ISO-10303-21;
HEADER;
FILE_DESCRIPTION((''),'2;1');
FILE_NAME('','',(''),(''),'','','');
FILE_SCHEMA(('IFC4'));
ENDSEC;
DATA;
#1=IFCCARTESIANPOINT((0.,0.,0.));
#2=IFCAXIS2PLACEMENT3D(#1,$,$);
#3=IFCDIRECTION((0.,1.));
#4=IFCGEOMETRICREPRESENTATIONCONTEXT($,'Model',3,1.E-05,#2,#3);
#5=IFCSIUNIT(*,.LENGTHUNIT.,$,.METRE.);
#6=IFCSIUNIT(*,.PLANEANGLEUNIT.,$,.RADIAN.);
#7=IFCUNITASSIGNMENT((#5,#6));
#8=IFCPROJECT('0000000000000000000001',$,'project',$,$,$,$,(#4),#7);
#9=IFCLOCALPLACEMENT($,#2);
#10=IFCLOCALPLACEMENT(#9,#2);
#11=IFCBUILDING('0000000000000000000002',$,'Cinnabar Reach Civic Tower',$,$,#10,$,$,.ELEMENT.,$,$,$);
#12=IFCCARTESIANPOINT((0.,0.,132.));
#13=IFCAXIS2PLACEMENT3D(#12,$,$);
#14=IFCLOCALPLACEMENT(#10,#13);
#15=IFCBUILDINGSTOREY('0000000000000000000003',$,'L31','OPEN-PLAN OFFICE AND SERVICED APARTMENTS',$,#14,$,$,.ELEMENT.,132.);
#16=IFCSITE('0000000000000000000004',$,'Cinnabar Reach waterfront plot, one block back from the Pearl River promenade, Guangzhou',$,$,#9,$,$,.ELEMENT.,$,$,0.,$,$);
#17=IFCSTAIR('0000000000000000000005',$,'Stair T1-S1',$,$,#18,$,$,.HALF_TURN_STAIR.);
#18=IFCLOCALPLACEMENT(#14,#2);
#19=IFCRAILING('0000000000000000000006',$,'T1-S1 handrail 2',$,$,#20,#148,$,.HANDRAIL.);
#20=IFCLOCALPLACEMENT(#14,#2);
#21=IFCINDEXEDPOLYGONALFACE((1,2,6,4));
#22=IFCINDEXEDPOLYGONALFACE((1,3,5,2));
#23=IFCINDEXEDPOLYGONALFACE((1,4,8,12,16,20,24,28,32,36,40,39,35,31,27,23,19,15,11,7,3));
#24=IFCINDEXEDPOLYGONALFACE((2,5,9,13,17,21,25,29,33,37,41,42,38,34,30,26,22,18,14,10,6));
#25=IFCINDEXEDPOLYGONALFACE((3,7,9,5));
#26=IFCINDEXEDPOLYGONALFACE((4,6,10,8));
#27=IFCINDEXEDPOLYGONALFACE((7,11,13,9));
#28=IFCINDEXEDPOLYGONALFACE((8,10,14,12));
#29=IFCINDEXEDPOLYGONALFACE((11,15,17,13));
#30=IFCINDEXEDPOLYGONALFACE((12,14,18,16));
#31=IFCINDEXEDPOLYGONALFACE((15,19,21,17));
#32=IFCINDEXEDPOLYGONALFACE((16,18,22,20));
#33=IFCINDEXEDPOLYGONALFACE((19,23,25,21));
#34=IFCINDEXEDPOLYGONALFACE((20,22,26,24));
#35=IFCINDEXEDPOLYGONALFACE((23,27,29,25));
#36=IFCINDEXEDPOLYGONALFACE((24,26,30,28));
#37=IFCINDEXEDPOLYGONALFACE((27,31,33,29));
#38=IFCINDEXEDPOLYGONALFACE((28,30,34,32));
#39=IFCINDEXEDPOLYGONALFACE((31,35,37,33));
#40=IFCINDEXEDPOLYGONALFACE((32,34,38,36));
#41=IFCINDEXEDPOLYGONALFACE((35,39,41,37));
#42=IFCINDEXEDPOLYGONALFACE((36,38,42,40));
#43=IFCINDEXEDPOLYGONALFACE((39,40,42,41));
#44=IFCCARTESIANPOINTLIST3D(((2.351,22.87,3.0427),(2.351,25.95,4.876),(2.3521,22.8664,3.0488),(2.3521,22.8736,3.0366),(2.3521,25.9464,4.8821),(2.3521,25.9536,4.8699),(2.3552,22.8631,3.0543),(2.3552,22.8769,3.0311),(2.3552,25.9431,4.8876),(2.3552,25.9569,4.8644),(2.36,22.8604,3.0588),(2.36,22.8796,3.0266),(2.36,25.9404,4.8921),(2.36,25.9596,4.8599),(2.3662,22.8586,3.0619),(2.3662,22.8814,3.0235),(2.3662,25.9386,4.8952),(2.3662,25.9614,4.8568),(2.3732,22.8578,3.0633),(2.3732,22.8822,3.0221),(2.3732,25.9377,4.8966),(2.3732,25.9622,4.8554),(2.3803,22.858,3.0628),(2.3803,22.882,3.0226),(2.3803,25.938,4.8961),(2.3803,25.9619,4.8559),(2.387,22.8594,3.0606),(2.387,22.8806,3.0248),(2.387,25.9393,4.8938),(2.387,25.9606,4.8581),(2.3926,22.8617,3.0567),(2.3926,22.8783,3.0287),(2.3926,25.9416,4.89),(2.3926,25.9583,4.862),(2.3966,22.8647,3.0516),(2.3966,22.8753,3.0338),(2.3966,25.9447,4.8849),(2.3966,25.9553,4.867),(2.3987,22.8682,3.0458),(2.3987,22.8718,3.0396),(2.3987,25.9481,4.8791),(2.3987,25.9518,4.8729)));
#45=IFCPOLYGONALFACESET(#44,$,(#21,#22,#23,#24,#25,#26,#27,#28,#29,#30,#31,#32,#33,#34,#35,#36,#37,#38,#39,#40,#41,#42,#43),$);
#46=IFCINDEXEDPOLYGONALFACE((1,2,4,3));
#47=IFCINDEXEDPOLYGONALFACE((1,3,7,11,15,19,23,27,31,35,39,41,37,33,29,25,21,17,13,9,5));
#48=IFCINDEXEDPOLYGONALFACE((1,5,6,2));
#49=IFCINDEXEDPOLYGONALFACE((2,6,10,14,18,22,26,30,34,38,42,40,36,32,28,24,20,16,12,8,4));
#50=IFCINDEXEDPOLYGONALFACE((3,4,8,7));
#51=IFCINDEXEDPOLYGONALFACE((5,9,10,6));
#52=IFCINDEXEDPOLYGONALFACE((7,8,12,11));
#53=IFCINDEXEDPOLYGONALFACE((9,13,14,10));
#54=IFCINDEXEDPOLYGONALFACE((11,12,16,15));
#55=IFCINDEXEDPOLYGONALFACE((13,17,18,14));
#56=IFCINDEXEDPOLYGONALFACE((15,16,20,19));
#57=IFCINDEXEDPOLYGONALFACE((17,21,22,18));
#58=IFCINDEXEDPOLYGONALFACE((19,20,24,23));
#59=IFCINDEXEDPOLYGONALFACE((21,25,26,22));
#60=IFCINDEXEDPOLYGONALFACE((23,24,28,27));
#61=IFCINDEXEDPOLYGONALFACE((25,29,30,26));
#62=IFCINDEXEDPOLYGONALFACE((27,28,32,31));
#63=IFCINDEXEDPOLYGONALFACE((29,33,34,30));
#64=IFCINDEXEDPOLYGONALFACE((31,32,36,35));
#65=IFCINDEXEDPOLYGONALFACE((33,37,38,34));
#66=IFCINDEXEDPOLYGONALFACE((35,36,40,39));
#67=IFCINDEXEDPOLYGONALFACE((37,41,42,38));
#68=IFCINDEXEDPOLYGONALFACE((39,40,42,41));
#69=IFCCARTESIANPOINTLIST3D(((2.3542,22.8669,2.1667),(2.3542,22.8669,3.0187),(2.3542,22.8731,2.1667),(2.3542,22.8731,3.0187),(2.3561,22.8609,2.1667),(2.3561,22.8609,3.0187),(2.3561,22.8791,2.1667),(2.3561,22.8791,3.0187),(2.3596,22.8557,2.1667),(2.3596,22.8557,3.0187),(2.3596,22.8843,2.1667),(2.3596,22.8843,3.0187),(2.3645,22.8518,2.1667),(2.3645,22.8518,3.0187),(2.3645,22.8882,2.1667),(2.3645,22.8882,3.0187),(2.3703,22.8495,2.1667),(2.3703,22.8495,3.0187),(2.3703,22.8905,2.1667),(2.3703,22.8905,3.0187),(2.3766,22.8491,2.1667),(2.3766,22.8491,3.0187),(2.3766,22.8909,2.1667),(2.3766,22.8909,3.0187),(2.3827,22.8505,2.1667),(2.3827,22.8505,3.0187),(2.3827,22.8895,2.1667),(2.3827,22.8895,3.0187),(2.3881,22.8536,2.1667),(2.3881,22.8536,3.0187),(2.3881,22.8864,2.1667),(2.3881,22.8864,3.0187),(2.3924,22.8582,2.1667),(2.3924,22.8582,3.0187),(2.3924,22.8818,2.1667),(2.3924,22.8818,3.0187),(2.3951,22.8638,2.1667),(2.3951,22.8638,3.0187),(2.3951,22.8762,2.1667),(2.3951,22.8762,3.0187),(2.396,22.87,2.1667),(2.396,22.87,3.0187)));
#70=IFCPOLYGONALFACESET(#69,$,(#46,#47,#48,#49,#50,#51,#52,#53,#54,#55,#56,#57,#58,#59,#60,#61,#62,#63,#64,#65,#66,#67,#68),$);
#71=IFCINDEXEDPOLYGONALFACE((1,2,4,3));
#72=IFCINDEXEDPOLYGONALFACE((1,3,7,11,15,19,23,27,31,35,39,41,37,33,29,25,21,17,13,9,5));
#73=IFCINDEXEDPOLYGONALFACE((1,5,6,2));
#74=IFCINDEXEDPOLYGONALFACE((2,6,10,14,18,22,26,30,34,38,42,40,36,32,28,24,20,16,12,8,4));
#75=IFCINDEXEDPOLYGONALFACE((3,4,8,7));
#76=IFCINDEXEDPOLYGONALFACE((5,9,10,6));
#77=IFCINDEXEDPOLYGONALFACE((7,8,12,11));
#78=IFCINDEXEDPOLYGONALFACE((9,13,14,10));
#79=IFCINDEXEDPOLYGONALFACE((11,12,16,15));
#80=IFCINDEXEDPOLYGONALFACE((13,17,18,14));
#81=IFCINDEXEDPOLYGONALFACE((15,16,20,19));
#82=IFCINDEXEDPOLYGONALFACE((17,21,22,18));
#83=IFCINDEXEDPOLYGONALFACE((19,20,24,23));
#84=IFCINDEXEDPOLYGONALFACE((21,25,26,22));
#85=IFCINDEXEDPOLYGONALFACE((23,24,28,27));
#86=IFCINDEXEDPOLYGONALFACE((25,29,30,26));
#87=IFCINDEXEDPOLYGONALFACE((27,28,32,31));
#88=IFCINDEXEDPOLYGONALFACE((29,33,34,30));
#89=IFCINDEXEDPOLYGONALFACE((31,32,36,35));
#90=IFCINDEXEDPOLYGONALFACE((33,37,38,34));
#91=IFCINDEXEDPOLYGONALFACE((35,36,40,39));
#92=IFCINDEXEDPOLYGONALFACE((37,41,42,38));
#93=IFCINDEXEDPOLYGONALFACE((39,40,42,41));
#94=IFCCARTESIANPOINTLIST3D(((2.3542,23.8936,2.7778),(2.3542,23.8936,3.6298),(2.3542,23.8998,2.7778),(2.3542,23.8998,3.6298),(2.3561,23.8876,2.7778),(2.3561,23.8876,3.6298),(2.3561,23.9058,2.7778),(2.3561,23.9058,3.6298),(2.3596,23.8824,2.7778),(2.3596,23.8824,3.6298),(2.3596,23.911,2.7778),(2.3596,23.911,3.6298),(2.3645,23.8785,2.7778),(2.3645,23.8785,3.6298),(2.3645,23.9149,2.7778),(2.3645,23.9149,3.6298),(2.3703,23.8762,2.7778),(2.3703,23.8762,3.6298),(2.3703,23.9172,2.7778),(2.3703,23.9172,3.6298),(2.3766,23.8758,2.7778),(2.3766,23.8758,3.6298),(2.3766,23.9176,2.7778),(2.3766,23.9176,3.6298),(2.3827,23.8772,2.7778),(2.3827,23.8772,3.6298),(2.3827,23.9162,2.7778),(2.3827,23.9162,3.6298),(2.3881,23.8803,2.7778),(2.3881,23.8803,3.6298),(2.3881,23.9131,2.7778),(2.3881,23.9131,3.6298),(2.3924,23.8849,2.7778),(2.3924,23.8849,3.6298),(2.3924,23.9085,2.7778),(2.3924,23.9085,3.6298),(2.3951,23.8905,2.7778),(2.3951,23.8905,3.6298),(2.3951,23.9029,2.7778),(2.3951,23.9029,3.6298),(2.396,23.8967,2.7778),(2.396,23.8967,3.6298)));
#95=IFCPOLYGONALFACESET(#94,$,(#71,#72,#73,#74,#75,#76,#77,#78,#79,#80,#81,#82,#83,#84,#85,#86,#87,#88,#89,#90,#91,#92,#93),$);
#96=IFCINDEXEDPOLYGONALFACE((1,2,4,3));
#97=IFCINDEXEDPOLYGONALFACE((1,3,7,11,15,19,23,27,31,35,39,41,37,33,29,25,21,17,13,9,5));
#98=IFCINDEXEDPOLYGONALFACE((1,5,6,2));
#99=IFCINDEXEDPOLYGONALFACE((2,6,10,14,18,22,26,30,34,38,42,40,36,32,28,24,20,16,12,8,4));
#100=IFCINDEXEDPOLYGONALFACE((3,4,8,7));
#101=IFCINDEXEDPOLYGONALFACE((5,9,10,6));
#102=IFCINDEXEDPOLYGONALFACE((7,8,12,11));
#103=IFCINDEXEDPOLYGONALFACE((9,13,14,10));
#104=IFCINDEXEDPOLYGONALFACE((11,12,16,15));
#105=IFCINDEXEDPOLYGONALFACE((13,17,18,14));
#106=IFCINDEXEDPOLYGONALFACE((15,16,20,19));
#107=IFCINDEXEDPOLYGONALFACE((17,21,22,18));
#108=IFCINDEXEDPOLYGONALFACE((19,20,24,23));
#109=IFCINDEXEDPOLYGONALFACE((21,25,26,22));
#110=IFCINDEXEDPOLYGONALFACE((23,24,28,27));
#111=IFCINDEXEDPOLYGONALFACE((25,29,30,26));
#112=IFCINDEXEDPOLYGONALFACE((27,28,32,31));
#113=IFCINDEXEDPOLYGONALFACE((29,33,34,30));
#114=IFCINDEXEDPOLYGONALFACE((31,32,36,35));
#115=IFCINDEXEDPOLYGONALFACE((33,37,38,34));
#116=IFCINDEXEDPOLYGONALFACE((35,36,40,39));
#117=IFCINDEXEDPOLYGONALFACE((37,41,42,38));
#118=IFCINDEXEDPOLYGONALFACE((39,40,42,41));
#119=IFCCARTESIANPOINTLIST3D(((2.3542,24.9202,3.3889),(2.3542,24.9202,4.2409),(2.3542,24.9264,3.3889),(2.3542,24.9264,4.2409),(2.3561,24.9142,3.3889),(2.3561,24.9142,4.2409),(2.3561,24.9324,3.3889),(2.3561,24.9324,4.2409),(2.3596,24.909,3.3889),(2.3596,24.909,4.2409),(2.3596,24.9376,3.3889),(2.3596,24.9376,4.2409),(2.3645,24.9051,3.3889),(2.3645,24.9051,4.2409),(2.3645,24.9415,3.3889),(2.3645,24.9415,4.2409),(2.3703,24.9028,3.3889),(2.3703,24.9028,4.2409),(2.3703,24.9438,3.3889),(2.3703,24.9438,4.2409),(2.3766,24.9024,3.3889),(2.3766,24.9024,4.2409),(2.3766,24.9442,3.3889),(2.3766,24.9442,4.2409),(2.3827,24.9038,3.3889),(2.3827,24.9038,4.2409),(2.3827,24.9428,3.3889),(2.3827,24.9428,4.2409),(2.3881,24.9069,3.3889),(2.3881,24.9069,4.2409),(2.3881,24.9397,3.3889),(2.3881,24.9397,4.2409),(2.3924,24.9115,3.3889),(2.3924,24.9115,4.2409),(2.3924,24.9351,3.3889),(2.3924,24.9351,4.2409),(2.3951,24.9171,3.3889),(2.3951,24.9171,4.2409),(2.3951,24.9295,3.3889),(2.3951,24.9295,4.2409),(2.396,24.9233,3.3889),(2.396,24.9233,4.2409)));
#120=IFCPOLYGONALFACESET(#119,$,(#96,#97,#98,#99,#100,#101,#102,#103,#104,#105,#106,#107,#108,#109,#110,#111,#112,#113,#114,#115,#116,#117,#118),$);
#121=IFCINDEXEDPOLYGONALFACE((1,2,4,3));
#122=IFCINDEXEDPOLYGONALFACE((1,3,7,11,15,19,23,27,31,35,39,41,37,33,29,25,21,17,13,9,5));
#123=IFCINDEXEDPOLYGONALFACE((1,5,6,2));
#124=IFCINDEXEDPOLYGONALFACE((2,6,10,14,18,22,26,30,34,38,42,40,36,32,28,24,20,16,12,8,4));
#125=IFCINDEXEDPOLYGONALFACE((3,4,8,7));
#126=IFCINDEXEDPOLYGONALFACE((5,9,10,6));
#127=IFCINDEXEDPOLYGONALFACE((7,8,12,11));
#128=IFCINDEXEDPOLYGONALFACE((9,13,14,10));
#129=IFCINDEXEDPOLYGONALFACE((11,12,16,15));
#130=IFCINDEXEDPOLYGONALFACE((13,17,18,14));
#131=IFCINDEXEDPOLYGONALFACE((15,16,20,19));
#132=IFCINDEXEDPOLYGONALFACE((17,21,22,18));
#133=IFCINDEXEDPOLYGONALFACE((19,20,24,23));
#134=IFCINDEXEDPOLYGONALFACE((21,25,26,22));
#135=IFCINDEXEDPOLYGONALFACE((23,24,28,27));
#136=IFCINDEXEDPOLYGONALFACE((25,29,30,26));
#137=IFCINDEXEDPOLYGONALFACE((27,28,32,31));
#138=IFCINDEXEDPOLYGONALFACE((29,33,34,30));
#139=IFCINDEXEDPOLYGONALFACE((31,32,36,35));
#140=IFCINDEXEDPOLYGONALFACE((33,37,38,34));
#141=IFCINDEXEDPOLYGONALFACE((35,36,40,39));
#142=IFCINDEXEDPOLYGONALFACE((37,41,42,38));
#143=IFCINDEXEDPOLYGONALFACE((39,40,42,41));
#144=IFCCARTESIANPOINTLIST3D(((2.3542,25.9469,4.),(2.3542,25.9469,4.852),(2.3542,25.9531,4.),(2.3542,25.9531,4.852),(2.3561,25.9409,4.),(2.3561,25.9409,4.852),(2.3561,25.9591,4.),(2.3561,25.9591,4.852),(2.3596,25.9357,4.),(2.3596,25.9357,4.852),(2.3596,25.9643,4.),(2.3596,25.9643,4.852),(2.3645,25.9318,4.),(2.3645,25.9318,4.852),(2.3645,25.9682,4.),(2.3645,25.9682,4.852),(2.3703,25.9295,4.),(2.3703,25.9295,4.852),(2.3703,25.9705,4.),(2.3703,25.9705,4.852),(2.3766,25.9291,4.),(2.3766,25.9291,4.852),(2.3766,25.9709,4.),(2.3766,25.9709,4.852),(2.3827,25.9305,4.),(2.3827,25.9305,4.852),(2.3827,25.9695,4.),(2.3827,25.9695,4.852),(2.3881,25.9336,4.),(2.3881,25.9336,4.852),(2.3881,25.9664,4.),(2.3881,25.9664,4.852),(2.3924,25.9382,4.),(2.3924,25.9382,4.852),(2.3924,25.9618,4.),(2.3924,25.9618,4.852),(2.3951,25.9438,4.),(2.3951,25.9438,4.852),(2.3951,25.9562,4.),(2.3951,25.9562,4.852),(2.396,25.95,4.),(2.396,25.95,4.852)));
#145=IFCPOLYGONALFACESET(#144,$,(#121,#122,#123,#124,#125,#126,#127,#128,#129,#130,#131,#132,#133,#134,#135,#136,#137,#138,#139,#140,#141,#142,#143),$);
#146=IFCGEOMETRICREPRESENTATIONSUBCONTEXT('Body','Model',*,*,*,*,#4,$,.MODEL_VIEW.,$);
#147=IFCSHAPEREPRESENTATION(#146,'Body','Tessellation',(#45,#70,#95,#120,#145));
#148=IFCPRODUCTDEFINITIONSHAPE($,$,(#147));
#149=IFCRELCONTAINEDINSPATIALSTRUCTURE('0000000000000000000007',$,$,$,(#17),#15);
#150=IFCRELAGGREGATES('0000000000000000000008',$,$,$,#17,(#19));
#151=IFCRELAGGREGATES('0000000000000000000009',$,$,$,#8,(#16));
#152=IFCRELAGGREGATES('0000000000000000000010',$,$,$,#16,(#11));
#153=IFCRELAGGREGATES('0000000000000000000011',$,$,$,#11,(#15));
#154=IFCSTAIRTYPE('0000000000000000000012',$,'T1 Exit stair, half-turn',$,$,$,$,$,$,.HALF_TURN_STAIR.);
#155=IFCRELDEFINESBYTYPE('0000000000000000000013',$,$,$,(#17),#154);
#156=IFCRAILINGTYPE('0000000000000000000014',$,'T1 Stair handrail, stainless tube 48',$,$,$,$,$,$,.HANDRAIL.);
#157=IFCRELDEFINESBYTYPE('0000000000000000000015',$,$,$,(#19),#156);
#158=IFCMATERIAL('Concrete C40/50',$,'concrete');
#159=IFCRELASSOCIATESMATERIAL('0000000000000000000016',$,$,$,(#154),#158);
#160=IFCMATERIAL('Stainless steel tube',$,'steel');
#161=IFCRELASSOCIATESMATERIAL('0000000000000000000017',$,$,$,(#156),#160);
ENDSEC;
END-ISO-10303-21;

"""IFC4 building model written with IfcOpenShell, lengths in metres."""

from ifc_helpers import new_model, si_unit, direction, frame, origin, origin_2d, place, context, subcontext, project, spatial, circle, extrude, material, type_object, element, aggregate, save


model = new_model("IFC4")

# Units and contexts
model_context = context("Model", 3, precision=1e-05, world=origin(), true_north=direction((0.0, 1.0)))
body_context = subcontext(model_context, "Body", "Model", "MODEL_VIEW")
ifc_project = project(units=[si_unit("LENGTHUNIT", "METRE"), si_unit("PLANEANGLEUNIT", "RADIAN")], contexts=[model_context])

# Site, building, storey
site_placement = place(None, origin())
site = spatial("IfcSite", under=ifc_project, at=site_placement, Name="Cinnabar Reach waterfront plot, one block back from the Pearl River promenade, Guangzhou", CompositionType="ELEMENT", RefElevation=0.0)
building_placement = place(site_placement, origin())
building = spatial("IfcBuilding", under=site, at=building_placement, Name="Cinnabar Reach Civic Tower", CompositionType="ELEMENT")
storey_placement = place(building_placement, frame((0.0, 0.0, 132.0)))
storey = spatial("IfcBuildingStorey", under=building, at=storey_placement, Name="L31", Description="OPEN-PLAN OFFICE AND SERVICED APARTMENTS", CompositionType="ELEMENT", Elevation=132.0)

# Stair, railing
ifc_material_1 = material(Name="Concrete C40/50", Category="concrete")
stair_type = type_object("IfcStairType", Name="T1 Exit stair, half-turn", PredefinedType="HALF_TURN_STAIR", material=ifc_material_1)
stair_placement = place(storey_placement, origin())
stair = element("IfcStair", 1, at=stair_placement, inside=storey, type_object=stair_type, Name="Stair T1-S1", PredefinedType="HALF_TURN_STAIR")
ifc_material_2 = material(Name="Stainless steel tube", Category="steel")
railing_type = type_object("IfcRailingType", Name="T1 Stair handrail, stainless tube 48", PredefinedType="HANDRAIL", material=ifc_material_2)
railing_1_placement = place(storey_placement, frame((2.375, 22.87, 2.1667)))
railing_1 = element("IfcRailing", 2, at=railing_1_placement, type_object=railing_type, Name="T1-S1 handrail 2", PredefinedType="HANDRAIL", context=body_context, shape_type="SweptSolid", body=[
    extrude(circle(Radius=0.024, at=origin_2d()), frame((0.0, 0.0, 0.876), z_axis=(0.0, 0.859297, 0.511477), x_axis=(-1.0, 0.0, 0.0)), (0.0, 0.0, 1.0), 3.5843),
    extrude(circle(Radius=0.021, at=origin_2d()), origin(), (0.0, 0.0, 1.0), 0.852),
    extrude(circle(Radius=0.021, at=origin_2d()), frame((0.0, 1.0267, 0.6111)), (0.0, 0.0, 1.0), 0.852),
    extrude(circle(Radius=0.021, at=origin_2d()), frame((0.0, 2.0533, 1.2222)), (0.0, 0.0, 1.0), 0.852),
    extrude(circle(Radius=0.021, at=origin_2d()), frame((0.0, 3.08, 1.8333)), (0.0, 0.0, 1.0), 0.852),
])
aggregate(stair, [railing_1])

save(model, "model.ifc")
